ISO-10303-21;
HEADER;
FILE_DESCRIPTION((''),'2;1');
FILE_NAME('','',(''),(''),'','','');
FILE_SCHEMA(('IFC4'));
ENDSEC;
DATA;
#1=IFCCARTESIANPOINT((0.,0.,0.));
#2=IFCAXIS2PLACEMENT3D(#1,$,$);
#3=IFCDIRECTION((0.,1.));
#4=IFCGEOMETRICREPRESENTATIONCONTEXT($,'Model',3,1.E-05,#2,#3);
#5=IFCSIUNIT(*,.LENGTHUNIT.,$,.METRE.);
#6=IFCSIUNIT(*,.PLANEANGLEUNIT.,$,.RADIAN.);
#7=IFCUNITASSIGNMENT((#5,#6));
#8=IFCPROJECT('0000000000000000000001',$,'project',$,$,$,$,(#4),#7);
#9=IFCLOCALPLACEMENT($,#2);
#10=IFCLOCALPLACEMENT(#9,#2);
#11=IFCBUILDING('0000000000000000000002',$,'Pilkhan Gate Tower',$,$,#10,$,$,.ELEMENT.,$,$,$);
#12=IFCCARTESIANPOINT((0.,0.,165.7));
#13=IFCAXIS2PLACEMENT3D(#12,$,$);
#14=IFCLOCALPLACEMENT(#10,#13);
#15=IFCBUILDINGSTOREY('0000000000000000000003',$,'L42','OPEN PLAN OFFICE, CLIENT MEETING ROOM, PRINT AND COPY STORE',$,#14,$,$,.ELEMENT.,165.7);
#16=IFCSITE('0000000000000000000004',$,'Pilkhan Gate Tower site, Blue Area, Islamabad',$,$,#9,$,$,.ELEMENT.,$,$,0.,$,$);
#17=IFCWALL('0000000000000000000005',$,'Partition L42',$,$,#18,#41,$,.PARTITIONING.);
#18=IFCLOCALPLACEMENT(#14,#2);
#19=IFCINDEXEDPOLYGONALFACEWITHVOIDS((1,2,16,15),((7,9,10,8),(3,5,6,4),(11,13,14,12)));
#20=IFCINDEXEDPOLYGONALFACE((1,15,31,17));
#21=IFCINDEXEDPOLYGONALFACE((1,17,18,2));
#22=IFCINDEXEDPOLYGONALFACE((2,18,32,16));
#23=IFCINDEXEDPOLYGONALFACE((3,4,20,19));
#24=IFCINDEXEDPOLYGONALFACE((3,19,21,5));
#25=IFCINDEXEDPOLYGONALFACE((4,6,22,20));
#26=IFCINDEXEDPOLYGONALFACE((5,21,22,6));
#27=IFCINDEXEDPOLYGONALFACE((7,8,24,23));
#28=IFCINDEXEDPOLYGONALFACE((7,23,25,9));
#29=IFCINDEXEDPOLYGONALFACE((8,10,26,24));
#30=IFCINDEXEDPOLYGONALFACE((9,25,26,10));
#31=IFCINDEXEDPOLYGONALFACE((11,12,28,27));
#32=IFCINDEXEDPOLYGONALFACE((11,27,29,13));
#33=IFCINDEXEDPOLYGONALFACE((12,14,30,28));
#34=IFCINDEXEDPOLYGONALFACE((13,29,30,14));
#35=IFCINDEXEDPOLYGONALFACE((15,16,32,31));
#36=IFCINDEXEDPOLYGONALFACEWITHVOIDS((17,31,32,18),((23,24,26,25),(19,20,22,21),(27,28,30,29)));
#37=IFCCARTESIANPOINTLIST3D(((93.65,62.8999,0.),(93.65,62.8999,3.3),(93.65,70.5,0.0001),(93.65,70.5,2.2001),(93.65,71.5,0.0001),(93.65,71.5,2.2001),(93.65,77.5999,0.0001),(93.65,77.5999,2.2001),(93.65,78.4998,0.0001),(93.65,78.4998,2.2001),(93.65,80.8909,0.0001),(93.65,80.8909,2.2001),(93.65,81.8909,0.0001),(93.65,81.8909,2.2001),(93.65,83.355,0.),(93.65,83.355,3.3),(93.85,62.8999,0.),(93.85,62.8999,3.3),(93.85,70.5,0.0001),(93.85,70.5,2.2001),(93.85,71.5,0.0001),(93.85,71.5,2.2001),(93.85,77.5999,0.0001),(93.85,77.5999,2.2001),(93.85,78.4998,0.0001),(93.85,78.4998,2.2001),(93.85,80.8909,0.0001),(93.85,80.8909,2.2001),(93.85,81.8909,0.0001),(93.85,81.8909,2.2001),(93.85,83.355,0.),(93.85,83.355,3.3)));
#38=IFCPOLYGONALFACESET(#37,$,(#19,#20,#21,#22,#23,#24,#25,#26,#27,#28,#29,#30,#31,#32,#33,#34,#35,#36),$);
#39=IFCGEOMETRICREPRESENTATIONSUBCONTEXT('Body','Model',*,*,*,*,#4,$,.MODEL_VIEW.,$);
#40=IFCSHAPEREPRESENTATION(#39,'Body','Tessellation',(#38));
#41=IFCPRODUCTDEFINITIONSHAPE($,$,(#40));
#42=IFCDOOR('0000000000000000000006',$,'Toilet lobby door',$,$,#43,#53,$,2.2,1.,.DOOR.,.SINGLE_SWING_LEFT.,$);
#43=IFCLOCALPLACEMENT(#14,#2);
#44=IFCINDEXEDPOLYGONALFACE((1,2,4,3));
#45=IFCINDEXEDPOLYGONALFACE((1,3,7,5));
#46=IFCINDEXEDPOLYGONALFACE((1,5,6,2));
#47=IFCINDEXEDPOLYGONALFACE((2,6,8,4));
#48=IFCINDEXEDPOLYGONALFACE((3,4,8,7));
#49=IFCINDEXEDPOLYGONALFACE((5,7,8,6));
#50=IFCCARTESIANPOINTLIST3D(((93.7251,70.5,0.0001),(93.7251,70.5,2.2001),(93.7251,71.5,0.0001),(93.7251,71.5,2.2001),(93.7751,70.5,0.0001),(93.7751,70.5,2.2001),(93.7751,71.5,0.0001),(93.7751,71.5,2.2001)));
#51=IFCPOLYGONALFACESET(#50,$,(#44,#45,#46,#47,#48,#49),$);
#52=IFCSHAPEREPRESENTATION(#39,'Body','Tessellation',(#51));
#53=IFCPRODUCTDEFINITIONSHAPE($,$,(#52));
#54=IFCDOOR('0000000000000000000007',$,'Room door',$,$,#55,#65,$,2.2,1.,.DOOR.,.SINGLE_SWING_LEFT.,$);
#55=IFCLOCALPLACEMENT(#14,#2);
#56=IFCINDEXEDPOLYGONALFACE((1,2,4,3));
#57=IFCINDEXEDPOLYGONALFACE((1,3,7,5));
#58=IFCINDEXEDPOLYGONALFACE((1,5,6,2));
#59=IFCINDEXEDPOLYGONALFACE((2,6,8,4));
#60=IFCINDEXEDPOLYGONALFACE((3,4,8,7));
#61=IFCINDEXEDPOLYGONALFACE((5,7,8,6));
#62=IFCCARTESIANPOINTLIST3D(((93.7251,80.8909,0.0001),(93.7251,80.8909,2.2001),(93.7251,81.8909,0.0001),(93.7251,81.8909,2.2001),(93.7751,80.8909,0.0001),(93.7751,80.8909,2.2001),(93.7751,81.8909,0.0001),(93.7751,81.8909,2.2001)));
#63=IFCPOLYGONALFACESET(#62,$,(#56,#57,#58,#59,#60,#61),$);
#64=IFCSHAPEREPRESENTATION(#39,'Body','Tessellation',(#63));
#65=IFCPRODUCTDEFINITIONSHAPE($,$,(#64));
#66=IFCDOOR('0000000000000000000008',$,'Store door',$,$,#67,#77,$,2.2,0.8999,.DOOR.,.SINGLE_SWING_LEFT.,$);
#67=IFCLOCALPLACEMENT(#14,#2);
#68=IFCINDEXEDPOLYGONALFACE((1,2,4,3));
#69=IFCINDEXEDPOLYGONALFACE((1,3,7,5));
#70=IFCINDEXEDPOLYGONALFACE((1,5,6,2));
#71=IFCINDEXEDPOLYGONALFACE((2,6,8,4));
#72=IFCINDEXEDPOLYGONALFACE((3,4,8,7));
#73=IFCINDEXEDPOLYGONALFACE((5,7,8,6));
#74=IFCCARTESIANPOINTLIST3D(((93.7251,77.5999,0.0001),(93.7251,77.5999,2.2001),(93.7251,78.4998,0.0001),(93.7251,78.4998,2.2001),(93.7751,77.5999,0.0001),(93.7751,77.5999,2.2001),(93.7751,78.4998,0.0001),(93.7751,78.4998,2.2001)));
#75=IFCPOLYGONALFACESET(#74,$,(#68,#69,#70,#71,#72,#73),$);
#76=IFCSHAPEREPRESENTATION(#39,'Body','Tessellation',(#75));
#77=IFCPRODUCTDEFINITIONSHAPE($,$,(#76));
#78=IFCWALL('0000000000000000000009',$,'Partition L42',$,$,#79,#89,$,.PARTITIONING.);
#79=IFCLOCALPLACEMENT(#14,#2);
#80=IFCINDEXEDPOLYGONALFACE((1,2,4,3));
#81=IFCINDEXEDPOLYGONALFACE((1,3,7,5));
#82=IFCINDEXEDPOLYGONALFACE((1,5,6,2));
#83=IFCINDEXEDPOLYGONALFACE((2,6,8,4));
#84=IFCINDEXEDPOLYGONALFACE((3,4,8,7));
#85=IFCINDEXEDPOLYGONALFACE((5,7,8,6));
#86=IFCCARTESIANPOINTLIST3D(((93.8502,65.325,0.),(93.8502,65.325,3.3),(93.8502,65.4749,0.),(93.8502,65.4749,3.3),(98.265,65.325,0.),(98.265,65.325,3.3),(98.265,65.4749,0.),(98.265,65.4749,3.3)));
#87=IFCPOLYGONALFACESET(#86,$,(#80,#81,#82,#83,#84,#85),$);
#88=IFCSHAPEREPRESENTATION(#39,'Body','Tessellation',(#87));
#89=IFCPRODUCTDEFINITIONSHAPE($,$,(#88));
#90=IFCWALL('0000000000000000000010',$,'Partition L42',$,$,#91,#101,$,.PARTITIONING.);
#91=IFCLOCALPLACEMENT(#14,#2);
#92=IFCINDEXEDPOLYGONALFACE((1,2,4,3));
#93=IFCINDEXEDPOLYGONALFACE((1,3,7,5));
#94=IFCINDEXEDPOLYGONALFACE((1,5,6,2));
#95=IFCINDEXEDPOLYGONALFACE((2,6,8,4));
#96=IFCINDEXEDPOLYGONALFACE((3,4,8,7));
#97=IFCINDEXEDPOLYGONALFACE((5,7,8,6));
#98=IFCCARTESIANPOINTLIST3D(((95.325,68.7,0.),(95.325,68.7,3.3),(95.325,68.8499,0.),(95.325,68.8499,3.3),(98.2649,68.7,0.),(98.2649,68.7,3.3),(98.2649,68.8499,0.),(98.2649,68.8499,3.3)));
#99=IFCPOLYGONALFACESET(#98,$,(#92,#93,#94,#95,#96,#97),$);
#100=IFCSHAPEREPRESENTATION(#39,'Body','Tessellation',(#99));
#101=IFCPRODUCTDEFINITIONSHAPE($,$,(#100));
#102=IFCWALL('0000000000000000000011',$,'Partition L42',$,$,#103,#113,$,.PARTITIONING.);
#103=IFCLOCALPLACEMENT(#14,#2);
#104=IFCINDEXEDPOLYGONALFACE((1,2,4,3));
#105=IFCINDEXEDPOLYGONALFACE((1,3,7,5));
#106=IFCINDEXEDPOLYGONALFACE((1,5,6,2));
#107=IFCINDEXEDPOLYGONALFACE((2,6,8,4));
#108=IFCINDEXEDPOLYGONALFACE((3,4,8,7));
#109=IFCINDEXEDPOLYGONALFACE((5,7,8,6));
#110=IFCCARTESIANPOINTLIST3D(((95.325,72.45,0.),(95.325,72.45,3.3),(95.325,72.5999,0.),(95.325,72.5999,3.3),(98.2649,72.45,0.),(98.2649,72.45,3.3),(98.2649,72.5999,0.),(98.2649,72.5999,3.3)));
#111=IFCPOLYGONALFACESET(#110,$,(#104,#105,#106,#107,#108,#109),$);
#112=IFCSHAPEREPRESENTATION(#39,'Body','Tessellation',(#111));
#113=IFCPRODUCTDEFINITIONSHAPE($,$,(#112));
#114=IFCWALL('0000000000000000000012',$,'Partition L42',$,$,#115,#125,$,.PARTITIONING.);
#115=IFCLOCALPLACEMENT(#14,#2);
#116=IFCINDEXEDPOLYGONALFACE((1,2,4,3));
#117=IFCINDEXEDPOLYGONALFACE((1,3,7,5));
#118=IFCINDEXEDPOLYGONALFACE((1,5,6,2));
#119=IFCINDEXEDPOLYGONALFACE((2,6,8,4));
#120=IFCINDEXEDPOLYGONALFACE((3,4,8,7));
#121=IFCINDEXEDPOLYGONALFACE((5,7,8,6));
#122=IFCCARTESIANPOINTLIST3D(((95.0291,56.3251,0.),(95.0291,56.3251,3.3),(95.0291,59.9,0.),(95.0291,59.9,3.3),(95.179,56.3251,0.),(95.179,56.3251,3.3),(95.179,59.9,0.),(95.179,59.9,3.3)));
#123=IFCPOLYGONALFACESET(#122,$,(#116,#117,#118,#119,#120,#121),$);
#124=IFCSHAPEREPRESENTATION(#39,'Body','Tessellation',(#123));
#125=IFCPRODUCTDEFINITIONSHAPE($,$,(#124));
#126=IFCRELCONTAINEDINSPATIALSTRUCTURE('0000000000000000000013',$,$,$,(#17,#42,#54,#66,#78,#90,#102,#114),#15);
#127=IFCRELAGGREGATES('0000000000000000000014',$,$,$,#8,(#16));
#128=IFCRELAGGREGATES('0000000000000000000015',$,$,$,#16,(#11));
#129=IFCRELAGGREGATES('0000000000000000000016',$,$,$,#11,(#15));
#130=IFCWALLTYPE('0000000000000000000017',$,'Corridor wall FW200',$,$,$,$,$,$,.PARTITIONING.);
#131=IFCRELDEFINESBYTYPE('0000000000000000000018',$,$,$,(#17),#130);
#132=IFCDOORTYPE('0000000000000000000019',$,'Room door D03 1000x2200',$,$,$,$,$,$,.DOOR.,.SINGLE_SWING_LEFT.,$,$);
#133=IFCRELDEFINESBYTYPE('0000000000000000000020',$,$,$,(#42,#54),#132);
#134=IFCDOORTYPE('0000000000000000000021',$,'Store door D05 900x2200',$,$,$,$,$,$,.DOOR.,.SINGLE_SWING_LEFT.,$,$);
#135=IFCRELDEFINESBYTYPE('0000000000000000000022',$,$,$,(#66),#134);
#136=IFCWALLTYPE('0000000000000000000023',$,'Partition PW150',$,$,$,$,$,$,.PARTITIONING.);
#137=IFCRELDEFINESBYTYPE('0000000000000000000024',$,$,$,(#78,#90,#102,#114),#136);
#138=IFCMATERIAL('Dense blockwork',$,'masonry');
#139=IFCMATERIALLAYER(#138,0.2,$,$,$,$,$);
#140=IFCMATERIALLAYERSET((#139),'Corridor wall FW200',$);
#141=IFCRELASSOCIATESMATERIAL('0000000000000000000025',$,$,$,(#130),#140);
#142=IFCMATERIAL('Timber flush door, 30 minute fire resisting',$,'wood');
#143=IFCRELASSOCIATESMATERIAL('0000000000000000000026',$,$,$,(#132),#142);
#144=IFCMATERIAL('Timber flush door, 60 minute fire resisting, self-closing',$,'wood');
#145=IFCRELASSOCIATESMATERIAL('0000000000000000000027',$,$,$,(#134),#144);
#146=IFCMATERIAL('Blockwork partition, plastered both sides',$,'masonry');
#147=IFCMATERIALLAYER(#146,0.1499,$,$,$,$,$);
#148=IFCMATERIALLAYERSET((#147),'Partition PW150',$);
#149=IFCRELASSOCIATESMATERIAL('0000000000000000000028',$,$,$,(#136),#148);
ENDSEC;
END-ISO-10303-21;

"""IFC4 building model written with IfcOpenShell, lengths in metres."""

from ifc_helpers import new_model, si_unit, direction, frame, frame_2d, origin, place, context, subcontext, project, spatial, rectangle, extrude, material, layer, layer_set, type_object, element, fill, save


model = new_model("IFC4")

# Units and contexts
model_context = context("Model", 3, precision=1e-05, world=origin(), true_north=direction((0.0, 1.0)))
body_context = subcontext(model_context, "Body", "Model", "MODEL_VIEW")
ifc_project = project(units=[si_unit("LENGTHUNIT", "METRE"), si_unit("PLANEANGLEUNIT", "RADIAN")], contexts=[model_context])

# Site, building, storey
site_placement = place(None, origin())
site = spatial("IfcSite", under=ifc_project, at=site_placement, Name="Pilkhan Gate Tower site, Blue Area, Islamabad", CompositionType="ELEMENT", RefElevation=0.0)
building_placement = place(site_placement, origin())
building = spatial("IfcBuilding", under=site, at=building_placement, Name="Pilkhan Gate Tower", CompositionType="ELEMENT")
storey_placement = place(building_placement, frame((0.0, 0.0, 165.7)))
storey = spatial("IfcBuildingStorey", under=building, at=storey_placement, Name="L42", Description="OPEN PLAN OFFICE, CLIENT MEETING ROOM, PRINT AND COPY STORE", CompositionType="ELEMENT", Elevation=165.7)

# Shared definitions
ifc_material_1 = material(Name="Dense blockwork", Category="masonry")
ifc_layer_1 = layer(ifc_material_1, 0.2)
ifc_layer_set_1 = layer_set([ifc_layer_1], Name="Corridor wall FW200")
wall_type_1 = type_object("IfcWallType", Name="Corridor wall FW200", PredefinedType="PARTITIONING", material=ifc_layer_set_1)
ifc_material_2 = material(Name="Timber flush door, 30 minute fire resisting", Category="wood")
door_type_1 = type_object("IfcDoorType", Name="Room door D03 1000x2200", OperationType="SINGLE_SWING_LEFT", PredefinedType="DOOR", material=ifc_material_2)

# Wall, openings, doors
wall_1_placement = place(storey_placement, frame((93.75, 62.8999, 0.0), z_axis=(0.0, 0.0, 1.0), x_axis=(0.0, 1.0, 0.0)))
wall_1 = element("IfcWall", 1, at=wall_1_placement, inside=storey, type_object=wall_type_1, Name="Partition L42", PredefinedType="PARTITIONING", context=body_context, shape_type="SweptSolid", body=[
    extrude(rectangle(XDim=20.4551, YDim=0.2, at=frame_2d((10.2275, 0.0))), origin(), (0.0, 0.0, 1.0), 3.3),
])
opening_1_placement = place(wall_1_placement, frame((7.6001, 0.0, 0.0)))
opening_1 = element("IfcOpeningElement", 2, at=opening_1_placement, cuts=wall_1, PredefinedType="OPENING", context=body_context, shape_type="SweptSolid", body=[
    extrude(rectangle(XDim=1.0, YDim=2.2, at=frame_2d((0.5, 1.1001))), frame((0.0, 0.1099, 0.0), z_axis=(0.0, -1.0, 0.0), x_axis=(1.0, 0.0, 0.0)), (0.0, 0.0, 1.0), 0.22),
])
opening_2_placement = place(wall_1_placement, frame((14.7, 0.0, 0.0)))
opening_2 = element("IfcOpeningElement", 3, at=opening_2_placement, cuts=wall_1, PredefinedType="OPENING", context=body_context, shape_type="SweptSolid", body=[
    extrude(rectangle(XDim=0.8999, YDim=2.2, at=frame_2d((0.45, 1.1001))), frame((0.0, 0.1099, 0.0), z_axis=(0.0, -1.0, 0.0), x_axis=(1.0, 0.0, 0.0)), (0.0, 0.0, 1.0), 0.22),
])
opening_3_placement = place(wall_1_placement, frame((17.991, 0.0, 0.0)))
opening_3 = element("IfcOpeningElement", 4, at=opening_3_placement, cuts=wall_1, PredefinedType="OPENING", context=body_context, shape_type="SweptSolid", body=[
    extrude(rectangle(XDim=1.0, YDim=2.2, at=frame_2d((0.5, 1.1001))), frame((0.0, 0.1099, 0.0), z_axis=(0.0, -1.0, 0.0), x_axis=(1.0, 0.0, 0.0)), (0.0, 0.0, 1.0), 0.22),
])
door_1_placement = place(opening_1_placement, origin())
door_1 = element("IfcDoor", 5, at=door_1_placement, inside=storey, type_object=door_type_1, Name="Toilet lobby door", OperationType="SINGLE_SWING_LEFT", OverallHeight=2.2, OverallWidth=1.0, PredefinedType="DOOR", context=body_context, shape_type="SweptSolid", body=[
    extrude(rectangle(XDim=1.0, YDim=2.2, at=frame_2d((0.5, 1.1001))), frame((0.0, 0.0249, 0.0), z_axis=(0.0, -1.0, 0.0), x_axis=(1.0, 0.0, 0.0)), (0.0, 0.0, 1.0), 0.05),
])
fill(opening_1, door_1)
door_2_placement = place(opening_3_placement, origin())
door_2 = element("IfcDoor", 6, at=door_2_placement, inside=storey, type_object=door_type_1, Name="Room door", OperationType="SINGLE_SWING_LEFT", OverallHeight=2.2, OverallWidth=1.0, PredefinedType="DOOR", context=body_context, shape_type="SweptSolid", body=[
    extrude(rectangle(XDim=1.0, YDim=2.2, at=frame_2d((0.5, 1.1001))), frame((0.0, 0.0249, 0.0), z_axis=(0.0, -1.0, 0.0), x_axis=(1.0, 0.0, 0.0)), (0.0, 0.0, 1.0), 0.05),
])
fill(opening_3, door_2)
ifc_material_3 = material(Name="Timber flush door, 60 minute fire resisting, self-closing", Category="wood")
door_type_2 = type_object("IfcDoorType", Name="Store door D05 900x2200", OperationType="SINGLE_SWING_LEFT", PredefinedType="DOOR", material=ifc_material_3)
door_3_placement = place(opening_2_placement, origin())
door_3 = element("IfcDoor", 7, at=door_3_placement, inside=storey, type_object=door_type_2, Name="Store door", OperationType="SINGLE_SWING_LEFT", OverallHeight=2.2, OverallWidth=0.8999, PredefinedType="DOOR", context=body_context, shape_type="SweptSolid", body=[
    extrude(rectangle(XDim=0.8999, YDim=2.2, at=frame_2d((0.45, 1.1001))), frame((0.0, 0.0249, 0.0), z_axis=(0.0, -1.0, 0.0), x_axis=(1.0, 0.0, 0.0)), (0.0, 0.0, 1.0), 0.05),
])
fill(opening_2, door_3)

# Walls
ifc_material_4 = material(Name="Blockwork partition, plastered both sides", Category="masonry")
ifc_layer_2 = layer(ifc_material_4, 0.1499)
ifc_layer_set_2 = layer_set([ifc_layer_2], Name="Partition PW150")
wall_type_2 = type_object("IfcWallType", Name="Partition PW150", PredefinedType="PARTITIONING", material=ifc_layer_set_2)
wall_2_placement = place(storey_placement, frame((93.8501, 65.3999, 0.0), z_axis=(0.0, 0.0, 1.0), x_axis=(1.0, 0.0, 0.0)))
element("IfcWall", 8, at=wall_2_placement, inside=storey, type_object=wall_type_2, Name="Partition L42", PredefinedType="PARTITIONING", context=body_context, shape_type="SweptSolid", body=[
    extrude(rectangle(XDim=4.4148, YDim=0.1499, at=frame_2d((2.2075, 0.0))), origin(), (0.0, 0.0, 1.0), 3.3),
])
for number, where, z_axis, x_axis, name in (
    (9, (95.325, 68.7749, 0.0), (0.0, 0.0, 1.0), (1.0, 0.0, 0.0), "Partition L42"),
    (10, (95.325, 72.5249, 0.0), (0.0, 0.0, 1.0), (1.0, 0.0, 0.0), "Partition L42"),
):
    element("IfcWall", number, at=place(storey_placement, frame(where, z_axis=z_axis, x_axis=x_axis)), inside=storey, type_object=wall_type_2, Name=name, PredefinedType="PARTITIONING", context=body_context, shape_type="SweptSolid", body=[
        extrude(rectangle(XDim=2.9399, YDim=0.1499, at=frame_2d((1.47, 0.0))), origin(), (0.0, 0.0, 1.0), 3.3),
    ])
wall_3_placement = place(storey_placement, frame((95.104, 56.325, 0.0), z_axis=(0.0, 0.0, 1.0), x_axis=(0.0, 1.0, 0.0)))
element("IfcWall", 11, at=wall_3_placement, inside=storey, type_object=wall_type_2, Name="Partition L42", PredefinedType="PARTITIONING", context=body_context, shape_type="SweptSolid", body=[
    extrude(rectangle(XDim=3.575, YDim=0.1499, at=frame_2d((1.7876, 0.0))), origin(), (0.0, 0.0, 1.0), 3.3),
])

save(model, "model.ifc")
